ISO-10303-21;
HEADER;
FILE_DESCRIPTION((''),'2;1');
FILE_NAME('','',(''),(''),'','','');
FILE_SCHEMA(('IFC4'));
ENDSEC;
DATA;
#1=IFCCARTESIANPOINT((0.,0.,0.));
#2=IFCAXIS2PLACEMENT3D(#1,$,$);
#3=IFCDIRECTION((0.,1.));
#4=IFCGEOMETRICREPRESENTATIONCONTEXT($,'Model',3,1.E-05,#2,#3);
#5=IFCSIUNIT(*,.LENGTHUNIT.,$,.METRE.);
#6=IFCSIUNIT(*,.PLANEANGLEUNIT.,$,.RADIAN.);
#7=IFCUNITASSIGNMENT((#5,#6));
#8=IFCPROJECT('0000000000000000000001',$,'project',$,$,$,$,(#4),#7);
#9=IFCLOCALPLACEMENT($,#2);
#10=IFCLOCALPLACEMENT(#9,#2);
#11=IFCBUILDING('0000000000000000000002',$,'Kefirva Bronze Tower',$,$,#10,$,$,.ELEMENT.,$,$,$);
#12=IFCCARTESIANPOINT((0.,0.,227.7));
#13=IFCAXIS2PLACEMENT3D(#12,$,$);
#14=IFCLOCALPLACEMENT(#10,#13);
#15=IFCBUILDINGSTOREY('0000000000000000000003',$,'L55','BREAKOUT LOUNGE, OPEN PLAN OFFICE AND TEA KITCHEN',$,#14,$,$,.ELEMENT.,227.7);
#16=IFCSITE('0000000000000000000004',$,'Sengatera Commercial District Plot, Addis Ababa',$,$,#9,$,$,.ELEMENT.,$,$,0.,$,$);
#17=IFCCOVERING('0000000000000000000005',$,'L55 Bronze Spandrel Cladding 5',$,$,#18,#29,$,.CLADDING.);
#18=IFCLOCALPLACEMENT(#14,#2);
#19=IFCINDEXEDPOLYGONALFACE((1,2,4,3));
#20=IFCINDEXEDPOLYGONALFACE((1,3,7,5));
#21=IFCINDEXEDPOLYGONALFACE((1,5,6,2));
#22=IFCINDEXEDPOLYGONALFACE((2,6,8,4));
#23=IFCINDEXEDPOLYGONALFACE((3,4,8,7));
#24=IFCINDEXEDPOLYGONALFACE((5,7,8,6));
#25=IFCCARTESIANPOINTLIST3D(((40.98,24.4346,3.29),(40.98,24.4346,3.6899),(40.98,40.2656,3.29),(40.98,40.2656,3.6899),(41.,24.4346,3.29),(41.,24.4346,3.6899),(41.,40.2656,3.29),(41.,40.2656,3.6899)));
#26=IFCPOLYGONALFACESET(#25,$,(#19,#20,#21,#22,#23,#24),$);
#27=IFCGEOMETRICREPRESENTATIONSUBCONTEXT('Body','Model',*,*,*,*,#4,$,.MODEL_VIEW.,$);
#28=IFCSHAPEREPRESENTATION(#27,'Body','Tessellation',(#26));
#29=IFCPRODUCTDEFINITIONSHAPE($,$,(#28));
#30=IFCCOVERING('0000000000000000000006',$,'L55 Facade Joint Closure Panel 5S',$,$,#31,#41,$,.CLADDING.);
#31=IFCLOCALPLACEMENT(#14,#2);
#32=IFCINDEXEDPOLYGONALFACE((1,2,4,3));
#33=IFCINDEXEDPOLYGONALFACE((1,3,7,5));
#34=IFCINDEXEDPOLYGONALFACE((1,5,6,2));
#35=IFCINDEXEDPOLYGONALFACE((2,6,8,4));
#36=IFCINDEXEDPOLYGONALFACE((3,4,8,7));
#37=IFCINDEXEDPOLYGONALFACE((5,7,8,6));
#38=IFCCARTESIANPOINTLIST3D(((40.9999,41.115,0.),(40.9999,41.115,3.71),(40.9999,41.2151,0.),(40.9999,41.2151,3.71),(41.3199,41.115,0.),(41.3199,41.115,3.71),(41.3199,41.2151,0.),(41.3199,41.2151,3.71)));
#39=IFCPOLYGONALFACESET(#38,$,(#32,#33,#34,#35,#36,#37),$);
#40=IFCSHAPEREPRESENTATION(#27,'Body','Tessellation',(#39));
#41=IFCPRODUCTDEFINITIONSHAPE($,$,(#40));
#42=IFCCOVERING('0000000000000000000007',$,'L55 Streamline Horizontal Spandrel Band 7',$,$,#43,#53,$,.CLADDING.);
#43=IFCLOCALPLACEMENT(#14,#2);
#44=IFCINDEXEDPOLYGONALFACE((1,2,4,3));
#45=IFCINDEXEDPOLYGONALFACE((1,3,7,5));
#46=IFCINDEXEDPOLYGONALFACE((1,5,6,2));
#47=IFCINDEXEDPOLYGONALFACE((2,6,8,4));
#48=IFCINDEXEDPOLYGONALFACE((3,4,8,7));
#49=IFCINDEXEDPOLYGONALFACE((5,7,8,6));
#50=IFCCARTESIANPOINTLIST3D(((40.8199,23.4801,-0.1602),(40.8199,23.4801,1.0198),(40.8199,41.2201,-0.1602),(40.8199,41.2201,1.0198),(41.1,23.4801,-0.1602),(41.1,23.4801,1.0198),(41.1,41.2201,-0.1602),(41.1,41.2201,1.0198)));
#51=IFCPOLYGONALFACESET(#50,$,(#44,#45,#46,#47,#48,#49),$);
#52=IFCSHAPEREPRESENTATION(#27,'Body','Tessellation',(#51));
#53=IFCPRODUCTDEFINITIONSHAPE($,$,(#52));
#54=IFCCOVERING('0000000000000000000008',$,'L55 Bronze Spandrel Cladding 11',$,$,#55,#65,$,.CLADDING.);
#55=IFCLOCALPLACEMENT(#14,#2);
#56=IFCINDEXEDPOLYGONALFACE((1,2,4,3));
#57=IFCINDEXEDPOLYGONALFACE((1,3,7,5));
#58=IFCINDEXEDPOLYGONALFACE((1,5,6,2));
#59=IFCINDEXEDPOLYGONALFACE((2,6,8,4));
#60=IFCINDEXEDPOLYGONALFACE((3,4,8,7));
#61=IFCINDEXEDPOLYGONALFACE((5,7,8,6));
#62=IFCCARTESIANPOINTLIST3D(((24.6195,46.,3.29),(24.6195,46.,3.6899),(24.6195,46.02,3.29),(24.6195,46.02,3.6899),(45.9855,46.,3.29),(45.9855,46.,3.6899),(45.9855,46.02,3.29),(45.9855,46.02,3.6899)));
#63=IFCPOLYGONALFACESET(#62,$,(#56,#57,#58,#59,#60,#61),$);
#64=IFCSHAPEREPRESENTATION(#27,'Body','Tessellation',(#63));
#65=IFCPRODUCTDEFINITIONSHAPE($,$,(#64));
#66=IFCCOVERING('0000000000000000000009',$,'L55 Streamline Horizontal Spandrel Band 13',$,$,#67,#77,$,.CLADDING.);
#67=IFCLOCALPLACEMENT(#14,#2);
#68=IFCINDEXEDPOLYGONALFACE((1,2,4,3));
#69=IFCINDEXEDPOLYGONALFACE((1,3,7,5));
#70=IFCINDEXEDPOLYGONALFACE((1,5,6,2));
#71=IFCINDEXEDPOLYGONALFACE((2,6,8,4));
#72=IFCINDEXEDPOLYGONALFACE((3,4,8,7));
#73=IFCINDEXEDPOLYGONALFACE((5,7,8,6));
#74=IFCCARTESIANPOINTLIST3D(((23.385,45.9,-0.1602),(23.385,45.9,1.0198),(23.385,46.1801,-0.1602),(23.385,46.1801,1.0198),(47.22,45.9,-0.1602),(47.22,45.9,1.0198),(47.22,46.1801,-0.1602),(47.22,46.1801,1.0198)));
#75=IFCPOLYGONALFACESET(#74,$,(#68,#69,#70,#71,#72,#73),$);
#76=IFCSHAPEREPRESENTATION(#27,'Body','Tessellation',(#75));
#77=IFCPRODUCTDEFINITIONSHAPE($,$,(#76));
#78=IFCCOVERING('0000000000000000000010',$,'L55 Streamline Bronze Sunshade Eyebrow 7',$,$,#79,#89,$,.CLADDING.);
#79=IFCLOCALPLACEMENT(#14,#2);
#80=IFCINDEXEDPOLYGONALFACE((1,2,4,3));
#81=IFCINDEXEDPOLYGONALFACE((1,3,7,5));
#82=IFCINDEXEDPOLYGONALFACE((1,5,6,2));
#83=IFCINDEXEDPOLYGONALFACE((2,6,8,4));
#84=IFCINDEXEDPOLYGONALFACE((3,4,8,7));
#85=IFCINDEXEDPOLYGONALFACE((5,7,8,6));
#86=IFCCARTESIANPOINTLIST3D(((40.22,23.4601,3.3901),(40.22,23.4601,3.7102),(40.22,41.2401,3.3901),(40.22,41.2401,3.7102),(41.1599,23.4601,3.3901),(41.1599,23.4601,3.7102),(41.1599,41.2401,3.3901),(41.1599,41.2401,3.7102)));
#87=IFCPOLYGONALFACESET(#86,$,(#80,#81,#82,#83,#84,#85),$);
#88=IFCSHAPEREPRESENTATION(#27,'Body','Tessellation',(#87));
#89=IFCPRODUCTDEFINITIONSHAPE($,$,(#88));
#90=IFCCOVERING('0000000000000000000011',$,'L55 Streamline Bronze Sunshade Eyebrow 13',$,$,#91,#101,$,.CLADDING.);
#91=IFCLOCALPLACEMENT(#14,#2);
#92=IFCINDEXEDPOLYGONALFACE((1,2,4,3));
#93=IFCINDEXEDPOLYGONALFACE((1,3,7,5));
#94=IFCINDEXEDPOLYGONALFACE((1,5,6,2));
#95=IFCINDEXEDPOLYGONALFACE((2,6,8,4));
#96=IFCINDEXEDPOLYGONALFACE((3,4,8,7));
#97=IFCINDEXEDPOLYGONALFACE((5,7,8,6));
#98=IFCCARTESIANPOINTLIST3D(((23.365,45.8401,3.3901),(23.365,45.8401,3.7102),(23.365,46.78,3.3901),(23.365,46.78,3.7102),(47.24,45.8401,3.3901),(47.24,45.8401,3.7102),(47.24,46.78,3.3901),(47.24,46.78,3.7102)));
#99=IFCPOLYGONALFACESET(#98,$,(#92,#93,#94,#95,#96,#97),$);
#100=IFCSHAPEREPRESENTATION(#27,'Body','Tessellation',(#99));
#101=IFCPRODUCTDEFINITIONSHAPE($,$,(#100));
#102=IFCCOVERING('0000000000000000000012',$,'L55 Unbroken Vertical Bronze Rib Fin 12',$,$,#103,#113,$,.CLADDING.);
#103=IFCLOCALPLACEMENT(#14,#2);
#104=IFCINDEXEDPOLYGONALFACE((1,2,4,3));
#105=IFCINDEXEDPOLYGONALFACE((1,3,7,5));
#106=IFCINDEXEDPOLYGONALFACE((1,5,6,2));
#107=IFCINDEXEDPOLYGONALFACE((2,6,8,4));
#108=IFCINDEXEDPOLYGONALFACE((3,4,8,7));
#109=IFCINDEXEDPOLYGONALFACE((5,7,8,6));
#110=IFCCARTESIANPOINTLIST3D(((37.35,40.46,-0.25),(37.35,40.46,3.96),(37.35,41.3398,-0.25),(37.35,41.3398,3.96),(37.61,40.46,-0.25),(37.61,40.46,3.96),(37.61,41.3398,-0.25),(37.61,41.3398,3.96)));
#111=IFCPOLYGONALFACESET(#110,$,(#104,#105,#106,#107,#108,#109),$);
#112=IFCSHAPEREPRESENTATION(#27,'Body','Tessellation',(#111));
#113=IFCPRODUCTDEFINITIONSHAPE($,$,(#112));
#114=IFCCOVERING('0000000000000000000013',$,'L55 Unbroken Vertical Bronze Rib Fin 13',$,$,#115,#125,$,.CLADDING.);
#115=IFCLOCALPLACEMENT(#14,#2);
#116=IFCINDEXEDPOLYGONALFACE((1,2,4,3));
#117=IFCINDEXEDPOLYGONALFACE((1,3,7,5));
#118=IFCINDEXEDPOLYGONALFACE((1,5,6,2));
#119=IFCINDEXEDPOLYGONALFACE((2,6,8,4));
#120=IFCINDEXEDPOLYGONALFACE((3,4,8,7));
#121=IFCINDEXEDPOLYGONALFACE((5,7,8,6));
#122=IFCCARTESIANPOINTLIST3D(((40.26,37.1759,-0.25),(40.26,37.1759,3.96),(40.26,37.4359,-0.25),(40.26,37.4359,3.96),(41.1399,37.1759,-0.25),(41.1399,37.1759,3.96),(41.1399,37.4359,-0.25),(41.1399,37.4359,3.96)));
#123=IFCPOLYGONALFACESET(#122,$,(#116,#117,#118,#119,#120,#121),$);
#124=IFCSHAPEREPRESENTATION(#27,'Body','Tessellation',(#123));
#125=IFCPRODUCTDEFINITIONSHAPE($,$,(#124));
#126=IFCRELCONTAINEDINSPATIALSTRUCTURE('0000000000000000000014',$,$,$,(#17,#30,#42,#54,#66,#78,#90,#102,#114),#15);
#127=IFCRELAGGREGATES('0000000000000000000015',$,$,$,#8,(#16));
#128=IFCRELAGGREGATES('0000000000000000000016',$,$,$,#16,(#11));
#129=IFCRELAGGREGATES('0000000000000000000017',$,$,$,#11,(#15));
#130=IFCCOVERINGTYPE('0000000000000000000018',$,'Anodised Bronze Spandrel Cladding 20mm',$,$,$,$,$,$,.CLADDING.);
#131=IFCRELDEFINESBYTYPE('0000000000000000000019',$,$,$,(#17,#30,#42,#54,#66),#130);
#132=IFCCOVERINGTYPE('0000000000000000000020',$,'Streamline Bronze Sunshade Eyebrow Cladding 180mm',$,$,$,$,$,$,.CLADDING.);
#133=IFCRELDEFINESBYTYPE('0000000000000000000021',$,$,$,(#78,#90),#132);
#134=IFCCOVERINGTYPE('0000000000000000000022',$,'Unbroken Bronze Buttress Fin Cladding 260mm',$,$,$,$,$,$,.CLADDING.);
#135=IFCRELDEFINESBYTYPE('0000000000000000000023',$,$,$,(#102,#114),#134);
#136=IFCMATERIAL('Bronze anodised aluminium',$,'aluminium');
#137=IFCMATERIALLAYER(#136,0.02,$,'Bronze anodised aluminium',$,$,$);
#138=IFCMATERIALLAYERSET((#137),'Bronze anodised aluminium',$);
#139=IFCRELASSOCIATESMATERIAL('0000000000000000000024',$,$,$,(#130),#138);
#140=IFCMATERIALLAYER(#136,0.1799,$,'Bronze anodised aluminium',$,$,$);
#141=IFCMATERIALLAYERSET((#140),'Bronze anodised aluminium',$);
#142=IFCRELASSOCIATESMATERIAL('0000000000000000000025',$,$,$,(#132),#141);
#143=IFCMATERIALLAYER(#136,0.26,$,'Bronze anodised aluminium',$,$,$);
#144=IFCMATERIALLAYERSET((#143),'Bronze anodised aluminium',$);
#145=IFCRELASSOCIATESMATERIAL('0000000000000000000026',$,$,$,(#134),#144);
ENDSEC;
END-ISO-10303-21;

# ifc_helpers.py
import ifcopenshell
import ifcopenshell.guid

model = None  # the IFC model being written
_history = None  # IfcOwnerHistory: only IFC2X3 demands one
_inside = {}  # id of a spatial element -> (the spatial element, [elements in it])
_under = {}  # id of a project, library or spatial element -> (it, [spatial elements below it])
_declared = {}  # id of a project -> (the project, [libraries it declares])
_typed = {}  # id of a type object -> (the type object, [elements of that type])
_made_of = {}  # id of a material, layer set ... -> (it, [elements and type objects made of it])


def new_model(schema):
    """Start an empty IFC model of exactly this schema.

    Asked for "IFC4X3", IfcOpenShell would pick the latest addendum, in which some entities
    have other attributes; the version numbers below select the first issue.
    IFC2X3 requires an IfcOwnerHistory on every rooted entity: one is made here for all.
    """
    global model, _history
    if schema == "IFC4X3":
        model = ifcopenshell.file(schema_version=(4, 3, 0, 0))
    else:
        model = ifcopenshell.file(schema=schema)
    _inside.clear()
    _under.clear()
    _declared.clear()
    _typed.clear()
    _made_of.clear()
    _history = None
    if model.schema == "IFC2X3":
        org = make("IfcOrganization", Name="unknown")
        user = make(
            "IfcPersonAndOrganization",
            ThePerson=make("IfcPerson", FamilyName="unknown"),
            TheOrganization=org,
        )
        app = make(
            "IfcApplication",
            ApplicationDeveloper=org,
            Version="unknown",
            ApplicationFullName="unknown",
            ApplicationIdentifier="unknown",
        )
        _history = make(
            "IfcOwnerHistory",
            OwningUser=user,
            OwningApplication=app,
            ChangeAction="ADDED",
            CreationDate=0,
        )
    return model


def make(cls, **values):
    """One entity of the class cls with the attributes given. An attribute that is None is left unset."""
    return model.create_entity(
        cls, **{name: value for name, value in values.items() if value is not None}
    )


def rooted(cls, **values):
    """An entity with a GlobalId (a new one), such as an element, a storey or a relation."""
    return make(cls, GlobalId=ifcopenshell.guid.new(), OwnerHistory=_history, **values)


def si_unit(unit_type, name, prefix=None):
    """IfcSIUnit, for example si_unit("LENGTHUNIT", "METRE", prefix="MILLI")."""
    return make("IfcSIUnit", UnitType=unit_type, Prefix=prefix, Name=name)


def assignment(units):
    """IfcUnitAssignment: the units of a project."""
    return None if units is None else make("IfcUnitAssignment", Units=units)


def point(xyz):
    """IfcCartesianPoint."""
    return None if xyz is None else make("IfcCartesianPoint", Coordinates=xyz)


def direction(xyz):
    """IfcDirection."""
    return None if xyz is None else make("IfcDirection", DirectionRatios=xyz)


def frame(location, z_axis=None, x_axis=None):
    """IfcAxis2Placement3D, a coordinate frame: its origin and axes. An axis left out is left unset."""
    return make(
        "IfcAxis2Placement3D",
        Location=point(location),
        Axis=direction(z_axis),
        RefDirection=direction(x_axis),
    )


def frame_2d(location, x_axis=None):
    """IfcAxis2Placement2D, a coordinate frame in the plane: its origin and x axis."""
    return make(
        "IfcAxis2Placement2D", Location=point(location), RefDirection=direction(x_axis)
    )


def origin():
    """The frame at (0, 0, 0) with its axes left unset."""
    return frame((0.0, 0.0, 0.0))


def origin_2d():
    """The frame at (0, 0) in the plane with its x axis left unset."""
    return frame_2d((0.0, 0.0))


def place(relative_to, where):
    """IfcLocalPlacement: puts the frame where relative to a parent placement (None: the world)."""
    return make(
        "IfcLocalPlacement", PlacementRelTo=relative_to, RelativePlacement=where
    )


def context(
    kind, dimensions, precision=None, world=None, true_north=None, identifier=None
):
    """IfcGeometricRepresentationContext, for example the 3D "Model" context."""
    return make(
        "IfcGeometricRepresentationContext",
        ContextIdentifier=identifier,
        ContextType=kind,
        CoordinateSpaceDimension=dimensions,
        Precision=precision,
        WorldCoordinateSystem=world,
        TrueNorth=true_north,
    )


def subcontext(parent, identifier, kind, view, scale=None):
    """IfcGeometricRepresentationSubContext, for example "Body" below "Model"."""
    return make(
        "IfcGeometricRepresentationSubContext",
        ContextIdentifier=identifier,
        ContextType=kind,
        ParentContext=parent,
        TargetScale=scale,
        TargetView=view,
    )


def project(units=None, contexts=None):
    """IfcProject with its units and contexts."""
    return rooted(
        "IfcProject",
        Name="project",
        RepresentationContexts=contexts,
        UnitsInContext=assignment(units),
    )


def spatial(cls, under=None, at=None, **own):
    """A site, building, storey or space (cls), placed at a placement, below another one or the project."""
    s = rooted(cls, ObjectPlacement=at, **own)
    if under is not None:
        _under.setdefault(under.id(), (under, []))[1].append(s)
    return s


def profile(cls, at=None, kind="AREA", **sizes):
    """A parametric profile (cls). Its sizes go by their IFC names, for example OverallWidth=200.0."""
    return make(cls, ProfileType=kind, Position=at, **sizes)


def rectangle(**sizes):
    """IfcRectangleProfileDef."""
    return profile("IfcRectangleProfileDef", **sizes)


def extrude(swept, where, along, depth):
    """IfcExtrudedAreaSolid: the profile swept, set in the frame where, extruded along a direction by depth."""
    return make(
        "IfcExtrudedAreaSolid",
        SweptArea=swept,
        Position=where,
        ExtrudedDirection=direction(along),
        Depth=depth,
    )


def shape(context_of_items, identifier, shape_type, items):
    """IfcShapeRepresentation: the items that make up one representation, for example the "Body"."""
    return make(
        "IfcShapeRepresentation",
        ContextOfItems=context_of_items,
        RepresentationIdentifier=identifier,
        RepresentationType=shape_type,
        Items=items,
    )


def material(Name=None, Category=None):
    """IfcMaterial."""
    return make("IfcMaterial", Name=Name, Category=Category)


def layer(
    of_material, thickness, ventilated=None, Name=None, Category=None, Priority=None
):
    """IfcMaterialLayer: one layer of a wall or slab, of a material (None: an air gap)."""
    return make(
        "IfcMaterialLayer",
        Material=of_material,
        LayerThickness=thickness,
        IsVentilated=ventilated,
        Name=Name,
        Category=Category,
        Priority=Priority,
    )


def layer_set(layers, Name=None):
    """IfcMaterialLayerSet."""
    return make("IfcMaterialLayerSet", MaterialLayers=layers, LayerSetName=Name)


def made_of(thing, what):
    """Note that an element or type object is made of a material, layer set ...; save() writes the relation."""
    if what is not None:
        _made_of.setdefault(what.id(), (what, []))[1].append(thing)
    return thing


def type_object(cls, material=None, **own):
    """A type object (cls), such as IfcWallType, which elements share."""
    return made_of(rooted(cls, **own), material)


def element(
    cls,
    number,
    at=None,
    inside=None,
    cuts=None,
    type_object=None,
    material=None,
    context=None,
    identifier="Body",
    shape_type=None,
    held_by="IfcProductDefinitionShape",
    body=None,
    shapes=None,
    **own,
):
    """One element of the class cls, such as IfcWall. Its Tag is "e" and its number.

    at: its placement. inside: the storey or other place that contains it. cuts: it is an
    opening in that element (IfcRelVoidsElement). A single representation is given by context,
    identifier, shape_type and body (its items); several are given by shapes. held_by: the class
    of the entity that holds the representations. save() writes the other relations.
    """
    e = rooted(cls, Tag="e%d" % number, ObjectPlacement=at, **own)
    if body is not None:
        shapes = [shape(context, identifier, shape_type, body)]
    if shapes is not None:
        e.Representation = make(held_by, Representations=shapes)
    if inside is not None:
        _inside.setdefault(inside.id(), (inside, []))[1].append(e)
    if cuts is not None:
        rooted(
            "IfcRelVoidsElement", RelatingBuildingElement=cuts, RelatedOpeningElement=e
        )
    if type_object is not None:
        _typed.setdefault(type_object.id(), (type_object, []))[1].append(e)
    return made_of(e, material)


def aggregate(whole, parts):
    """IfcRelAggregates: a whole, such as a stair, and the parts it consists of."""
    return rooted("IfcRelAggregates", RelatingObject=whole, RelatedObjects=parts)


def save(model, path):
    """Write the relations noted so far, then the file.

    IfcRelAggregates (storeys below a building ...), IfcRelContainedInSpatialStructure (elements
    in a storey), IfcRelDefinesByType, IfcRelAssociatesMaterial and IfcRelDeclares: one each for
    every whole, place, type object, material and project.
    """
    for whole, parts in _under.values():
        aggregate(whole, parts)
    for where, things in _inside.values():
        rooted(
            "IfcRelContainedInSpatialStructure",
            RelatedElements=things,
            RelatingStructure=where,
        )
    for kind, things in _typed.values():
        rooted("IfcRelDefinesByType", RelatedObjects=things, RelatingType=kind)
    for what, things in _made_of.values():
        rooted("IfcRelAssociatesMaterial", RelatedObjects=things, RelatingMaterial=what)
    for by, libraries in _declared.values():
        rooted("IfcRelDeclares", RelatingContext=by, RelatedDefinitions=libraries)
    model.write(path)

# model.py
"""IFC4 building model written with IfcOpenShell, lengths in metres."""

from ifc_helpers import new_model, si_unit, direction, frame, origin, origin_2d, place, context, subcontext, project, spatial, rectangle, extrude, material, layer, layer_set, type_object, element, save


model = new_model("IFC4")

# Units and contexts
model_context = context("Model", 3, precision=1e-05, world=origin(), true_north=direction((0.0, 1.0)))
body_context = subcontext(model_context, "Body", "Model", "MODEL_VIEW")
ifc_project = project(units=[si_unit("LENGTHUNIT", "METRE"), si_unit("PLANEANGLEUNIT", "RADIAN")], contexts=[model_context])

# Site, building, storey
site_placement = place(None, origin())
site = spatial("IfcSite", under=ifc_project, at=site_placement, Name="Sengatera Commercial District Plot, Addis Ababa", CompositionType="ELEMENT", RefElevation=0.0)
building_placement = place(site_placement, origin())
building = spatial("IfcBuilding", under=site, at=building_placement, Name="Kefirva Bronze Tower", CompositionType="ELEMENT")
storey_placement = place(building_placement, frame((0.0, 0.0, 227.7)))
storey = spatial("IfcBuildingStorey", under=building, at=storey_placement, Name="L55", Description="BREAKOUT LOUNGE, OPEN PLAN OFFICE AND TEA KITCHEN", CompositionType="ELEMENT", Elevation=227.7)

# Shared definitions
ifc_material_1 = material(Name="Bronze anodised aluminium", Category="aluminium")

# Coverings
ifc_layer_1 = layer(ifc_material_1, 0.02, Name="Bronze anodised aluminium")
ifc_layer_set_1 = layer_set([ifc_layer_1], Name="Bronze anodised aluminium")
covering_type_1 = type_object("IfcCoveringType", Name="Anodised Bronze Spandrel Cladding 20mm", PredefinedType="CLADDING", material=ifc_layer_set_1)
covering_1_placement = place(storey_placement, frame((40.99, 32.3501, 3.29), z_axis=(0.0, 0.0, 1.0), x_axis=(0.0, -1.0, 0.0)))
element("IfcCovering", 1, at=covering_1_placement, inside=storey, type_object=covering_type_1, Name="L55 Bronze Spandrel Cladding 5", PredefinedType="CLADDING", context=body_context, shape_type="SweptSolid", body=[
    extrude(rectangle(XDim=15.8311, YDim=0.02, at=origin_2d()), origin(), (0.0, 0.0, 1.0), 0.3999),
])
covering_2_placement = place(storey_placement, frame((41.1599, 41.165, 0.0), z_axis=(0.0, 0.0, 1.0), x_axis=(0.0, -1.0, 0.0)))
element("IfcCovering", 2, at=covering_2_placement, inside=storey, type_object=covering_type_1, Name="L55 Facade Joint Closure Panel 5S", PredefinedType="CLADDING", context=body_context, shape_type="SweptSolid", body=[
    extrude(rectangle(XDim=0.1001, YDim=0.3201, at=origin_2d()), origin(), (0.0, 0.0, 1.0), 3.71),
])
covering_3_placement = place(storey_placement, frame((40.96, 32.3501, -0.1602), z_axis=(0.0, 0.0, 1.0), x_axis=(0.0, -1.0, 0.0)))
element("IfcCovering", 3, at=covering_3_placement, inside=storey, type_object=covering_type_1, Name="L55 Streamline Horizontal Spandrel Band 7", PredefinedType="CLADDING", context=body_context, shape_type="SweptSolid", body=[
    extrude(rectangle(XDim=17.74, YDim=0.28, at=origin_2d()), origin(), (0.0, 0.0, 1.0), 1.1799),
])
covering_4_placement = place(storey_placement, frame((35.3025, 46.01, 3.29), z_axis=(0.0, 0.0, 1.0), x_axis=(-1.0, 0.0, 0.0)))
element("IfcCovering", 4, at=covering_4_placement, inside=storey, type_object=covering_type_1, Name="L55 Bronze Spandrel Cladding 11", PredefinedType="CLADDING", context=body_context, shape_type="SweptSolid", body=[
    extrude(rectangle(XDim=21.366, YDim=0.02, at=origin_2d()), origin(), (0.0, 0.0, 1.0), 0.3999),
])
covering_5_placement = place(storey_placement, frame((35.3025, 46.04, -0.1602), z_axis=(0.0, 0.0, 1.0), x_axis=(-1.0, 0.0, 0.0)))
element("IfcCovering", 5, at=covering_5_placement, inside=storey, type_object=covering_type_1, Name="L55 Streamline Horizontal Spandrel Band 13", PredefinedType="CLADDING", context=body_context, shape_type="SweptSolid", body=[
    extrude(rectangle(XDim=23.835, YDim=0.28, at=origin_2d()), origin(), (0.0, 0.0, 1.0), 1.1799),
])
ifc_layer_2 = layer(ifc_material_1, 0.1799, Name="Bronze anodised aluminium")
ifc_layer_set_2 = layer_set([ifc_layer_2], Name="Bronze anodised aluminium")
covering_type_2 = type_object("IfcCoveringType", Name="Streamline Bronze Sunshade Eyebrow Cladding 180mm", PredefinedType="CLADDING", material=ifc_layer_set_2)
covering_6_placement = place(storey_placement, frame((40.6899, 32.3501, 3.3901), z_axis=(0.0, 0.0, 1.0), x_axis=(0.0, -1.0, 0.0)))
element("IfcCovering", 6, at=covering_6_placement, inside=storey, type_object=covering_type_2, Name="L55 Streamline Bronze Sunshade Eyebrow 7", PredefinedType="CLADDING", context=body_context, shape_type="SweptSolid", body=[
    extrude(rectangle(XDim=17.78, YDim=0.9399, at=origin_2d()), origin(), (0.0, 0.0, 1.0), 0.3201),
])
covering_7_placement = place(storey_placement, frame((35.3025, 46.3101, 3.3901), z_axis=(0.0, 0.0, 1.0), x_axis=(-1.0, 0.0, 0.0)))
element("IfcCovering", 7, at=covering_7_placement, inside=storey, type_object=covering_type_2, Name="L55 Streamline Bronze Sunshade Eyebrow 13", PredefinedType="CLADDING", context=body_context, shape_type="SweptSolid", body=[
    extrude(rectangle(XDim=23.875, YDim=0.9399, at=origin_2d()), origin(), (0.0, 0.0, 1.0), 0.3201),
])
ifc_layer_3 = layer(ifc_material_1, 0.26, Name="Bronze anodised aluminium")
ifc_layer_set_3 = layer_set([ifc_layer_3], Name="Bronze anodised aluminium")
covering_type_3 = type_object("IfcCoveringType", Name="Unbroken Bronze Buttress Fin Cladding 260mm", PredefinedType="CLADDING", material=ifc_layer_set_3)
for number, where, z_axis, x_axis, name in (
    (8, (37.48, 40.8999, -0.25), (0.0, 0.0, 1.0), (1.0, 0.0, 0.0), "L55 Unbroken Vertical Bronze Rib Fin 12"),
    (9, (40.7, 37.3059, -0.25), (0.0, 0.0, 1.0), (0.0, -1.0, 0.0), "L55 Unbroken Vertical Bronze Rib Fin 13"),
):
    element("IfcCovering", number, at=place(storey_placement, frame(where, z_axis=z_axis, x_axis=x_axis)), inside=storey, type_object=covering_type_3, Name=name, PredefinedType="CLADDING", context=body_context, shape_type="SweptSolid", body=[
        extrude(rectangle(XDim=0.26, YDim=0.8799, at=origin_2d()), origin(), (0.0, 0.0, 1.0), 4.21),
    ])

save(model, "model.ifc")
